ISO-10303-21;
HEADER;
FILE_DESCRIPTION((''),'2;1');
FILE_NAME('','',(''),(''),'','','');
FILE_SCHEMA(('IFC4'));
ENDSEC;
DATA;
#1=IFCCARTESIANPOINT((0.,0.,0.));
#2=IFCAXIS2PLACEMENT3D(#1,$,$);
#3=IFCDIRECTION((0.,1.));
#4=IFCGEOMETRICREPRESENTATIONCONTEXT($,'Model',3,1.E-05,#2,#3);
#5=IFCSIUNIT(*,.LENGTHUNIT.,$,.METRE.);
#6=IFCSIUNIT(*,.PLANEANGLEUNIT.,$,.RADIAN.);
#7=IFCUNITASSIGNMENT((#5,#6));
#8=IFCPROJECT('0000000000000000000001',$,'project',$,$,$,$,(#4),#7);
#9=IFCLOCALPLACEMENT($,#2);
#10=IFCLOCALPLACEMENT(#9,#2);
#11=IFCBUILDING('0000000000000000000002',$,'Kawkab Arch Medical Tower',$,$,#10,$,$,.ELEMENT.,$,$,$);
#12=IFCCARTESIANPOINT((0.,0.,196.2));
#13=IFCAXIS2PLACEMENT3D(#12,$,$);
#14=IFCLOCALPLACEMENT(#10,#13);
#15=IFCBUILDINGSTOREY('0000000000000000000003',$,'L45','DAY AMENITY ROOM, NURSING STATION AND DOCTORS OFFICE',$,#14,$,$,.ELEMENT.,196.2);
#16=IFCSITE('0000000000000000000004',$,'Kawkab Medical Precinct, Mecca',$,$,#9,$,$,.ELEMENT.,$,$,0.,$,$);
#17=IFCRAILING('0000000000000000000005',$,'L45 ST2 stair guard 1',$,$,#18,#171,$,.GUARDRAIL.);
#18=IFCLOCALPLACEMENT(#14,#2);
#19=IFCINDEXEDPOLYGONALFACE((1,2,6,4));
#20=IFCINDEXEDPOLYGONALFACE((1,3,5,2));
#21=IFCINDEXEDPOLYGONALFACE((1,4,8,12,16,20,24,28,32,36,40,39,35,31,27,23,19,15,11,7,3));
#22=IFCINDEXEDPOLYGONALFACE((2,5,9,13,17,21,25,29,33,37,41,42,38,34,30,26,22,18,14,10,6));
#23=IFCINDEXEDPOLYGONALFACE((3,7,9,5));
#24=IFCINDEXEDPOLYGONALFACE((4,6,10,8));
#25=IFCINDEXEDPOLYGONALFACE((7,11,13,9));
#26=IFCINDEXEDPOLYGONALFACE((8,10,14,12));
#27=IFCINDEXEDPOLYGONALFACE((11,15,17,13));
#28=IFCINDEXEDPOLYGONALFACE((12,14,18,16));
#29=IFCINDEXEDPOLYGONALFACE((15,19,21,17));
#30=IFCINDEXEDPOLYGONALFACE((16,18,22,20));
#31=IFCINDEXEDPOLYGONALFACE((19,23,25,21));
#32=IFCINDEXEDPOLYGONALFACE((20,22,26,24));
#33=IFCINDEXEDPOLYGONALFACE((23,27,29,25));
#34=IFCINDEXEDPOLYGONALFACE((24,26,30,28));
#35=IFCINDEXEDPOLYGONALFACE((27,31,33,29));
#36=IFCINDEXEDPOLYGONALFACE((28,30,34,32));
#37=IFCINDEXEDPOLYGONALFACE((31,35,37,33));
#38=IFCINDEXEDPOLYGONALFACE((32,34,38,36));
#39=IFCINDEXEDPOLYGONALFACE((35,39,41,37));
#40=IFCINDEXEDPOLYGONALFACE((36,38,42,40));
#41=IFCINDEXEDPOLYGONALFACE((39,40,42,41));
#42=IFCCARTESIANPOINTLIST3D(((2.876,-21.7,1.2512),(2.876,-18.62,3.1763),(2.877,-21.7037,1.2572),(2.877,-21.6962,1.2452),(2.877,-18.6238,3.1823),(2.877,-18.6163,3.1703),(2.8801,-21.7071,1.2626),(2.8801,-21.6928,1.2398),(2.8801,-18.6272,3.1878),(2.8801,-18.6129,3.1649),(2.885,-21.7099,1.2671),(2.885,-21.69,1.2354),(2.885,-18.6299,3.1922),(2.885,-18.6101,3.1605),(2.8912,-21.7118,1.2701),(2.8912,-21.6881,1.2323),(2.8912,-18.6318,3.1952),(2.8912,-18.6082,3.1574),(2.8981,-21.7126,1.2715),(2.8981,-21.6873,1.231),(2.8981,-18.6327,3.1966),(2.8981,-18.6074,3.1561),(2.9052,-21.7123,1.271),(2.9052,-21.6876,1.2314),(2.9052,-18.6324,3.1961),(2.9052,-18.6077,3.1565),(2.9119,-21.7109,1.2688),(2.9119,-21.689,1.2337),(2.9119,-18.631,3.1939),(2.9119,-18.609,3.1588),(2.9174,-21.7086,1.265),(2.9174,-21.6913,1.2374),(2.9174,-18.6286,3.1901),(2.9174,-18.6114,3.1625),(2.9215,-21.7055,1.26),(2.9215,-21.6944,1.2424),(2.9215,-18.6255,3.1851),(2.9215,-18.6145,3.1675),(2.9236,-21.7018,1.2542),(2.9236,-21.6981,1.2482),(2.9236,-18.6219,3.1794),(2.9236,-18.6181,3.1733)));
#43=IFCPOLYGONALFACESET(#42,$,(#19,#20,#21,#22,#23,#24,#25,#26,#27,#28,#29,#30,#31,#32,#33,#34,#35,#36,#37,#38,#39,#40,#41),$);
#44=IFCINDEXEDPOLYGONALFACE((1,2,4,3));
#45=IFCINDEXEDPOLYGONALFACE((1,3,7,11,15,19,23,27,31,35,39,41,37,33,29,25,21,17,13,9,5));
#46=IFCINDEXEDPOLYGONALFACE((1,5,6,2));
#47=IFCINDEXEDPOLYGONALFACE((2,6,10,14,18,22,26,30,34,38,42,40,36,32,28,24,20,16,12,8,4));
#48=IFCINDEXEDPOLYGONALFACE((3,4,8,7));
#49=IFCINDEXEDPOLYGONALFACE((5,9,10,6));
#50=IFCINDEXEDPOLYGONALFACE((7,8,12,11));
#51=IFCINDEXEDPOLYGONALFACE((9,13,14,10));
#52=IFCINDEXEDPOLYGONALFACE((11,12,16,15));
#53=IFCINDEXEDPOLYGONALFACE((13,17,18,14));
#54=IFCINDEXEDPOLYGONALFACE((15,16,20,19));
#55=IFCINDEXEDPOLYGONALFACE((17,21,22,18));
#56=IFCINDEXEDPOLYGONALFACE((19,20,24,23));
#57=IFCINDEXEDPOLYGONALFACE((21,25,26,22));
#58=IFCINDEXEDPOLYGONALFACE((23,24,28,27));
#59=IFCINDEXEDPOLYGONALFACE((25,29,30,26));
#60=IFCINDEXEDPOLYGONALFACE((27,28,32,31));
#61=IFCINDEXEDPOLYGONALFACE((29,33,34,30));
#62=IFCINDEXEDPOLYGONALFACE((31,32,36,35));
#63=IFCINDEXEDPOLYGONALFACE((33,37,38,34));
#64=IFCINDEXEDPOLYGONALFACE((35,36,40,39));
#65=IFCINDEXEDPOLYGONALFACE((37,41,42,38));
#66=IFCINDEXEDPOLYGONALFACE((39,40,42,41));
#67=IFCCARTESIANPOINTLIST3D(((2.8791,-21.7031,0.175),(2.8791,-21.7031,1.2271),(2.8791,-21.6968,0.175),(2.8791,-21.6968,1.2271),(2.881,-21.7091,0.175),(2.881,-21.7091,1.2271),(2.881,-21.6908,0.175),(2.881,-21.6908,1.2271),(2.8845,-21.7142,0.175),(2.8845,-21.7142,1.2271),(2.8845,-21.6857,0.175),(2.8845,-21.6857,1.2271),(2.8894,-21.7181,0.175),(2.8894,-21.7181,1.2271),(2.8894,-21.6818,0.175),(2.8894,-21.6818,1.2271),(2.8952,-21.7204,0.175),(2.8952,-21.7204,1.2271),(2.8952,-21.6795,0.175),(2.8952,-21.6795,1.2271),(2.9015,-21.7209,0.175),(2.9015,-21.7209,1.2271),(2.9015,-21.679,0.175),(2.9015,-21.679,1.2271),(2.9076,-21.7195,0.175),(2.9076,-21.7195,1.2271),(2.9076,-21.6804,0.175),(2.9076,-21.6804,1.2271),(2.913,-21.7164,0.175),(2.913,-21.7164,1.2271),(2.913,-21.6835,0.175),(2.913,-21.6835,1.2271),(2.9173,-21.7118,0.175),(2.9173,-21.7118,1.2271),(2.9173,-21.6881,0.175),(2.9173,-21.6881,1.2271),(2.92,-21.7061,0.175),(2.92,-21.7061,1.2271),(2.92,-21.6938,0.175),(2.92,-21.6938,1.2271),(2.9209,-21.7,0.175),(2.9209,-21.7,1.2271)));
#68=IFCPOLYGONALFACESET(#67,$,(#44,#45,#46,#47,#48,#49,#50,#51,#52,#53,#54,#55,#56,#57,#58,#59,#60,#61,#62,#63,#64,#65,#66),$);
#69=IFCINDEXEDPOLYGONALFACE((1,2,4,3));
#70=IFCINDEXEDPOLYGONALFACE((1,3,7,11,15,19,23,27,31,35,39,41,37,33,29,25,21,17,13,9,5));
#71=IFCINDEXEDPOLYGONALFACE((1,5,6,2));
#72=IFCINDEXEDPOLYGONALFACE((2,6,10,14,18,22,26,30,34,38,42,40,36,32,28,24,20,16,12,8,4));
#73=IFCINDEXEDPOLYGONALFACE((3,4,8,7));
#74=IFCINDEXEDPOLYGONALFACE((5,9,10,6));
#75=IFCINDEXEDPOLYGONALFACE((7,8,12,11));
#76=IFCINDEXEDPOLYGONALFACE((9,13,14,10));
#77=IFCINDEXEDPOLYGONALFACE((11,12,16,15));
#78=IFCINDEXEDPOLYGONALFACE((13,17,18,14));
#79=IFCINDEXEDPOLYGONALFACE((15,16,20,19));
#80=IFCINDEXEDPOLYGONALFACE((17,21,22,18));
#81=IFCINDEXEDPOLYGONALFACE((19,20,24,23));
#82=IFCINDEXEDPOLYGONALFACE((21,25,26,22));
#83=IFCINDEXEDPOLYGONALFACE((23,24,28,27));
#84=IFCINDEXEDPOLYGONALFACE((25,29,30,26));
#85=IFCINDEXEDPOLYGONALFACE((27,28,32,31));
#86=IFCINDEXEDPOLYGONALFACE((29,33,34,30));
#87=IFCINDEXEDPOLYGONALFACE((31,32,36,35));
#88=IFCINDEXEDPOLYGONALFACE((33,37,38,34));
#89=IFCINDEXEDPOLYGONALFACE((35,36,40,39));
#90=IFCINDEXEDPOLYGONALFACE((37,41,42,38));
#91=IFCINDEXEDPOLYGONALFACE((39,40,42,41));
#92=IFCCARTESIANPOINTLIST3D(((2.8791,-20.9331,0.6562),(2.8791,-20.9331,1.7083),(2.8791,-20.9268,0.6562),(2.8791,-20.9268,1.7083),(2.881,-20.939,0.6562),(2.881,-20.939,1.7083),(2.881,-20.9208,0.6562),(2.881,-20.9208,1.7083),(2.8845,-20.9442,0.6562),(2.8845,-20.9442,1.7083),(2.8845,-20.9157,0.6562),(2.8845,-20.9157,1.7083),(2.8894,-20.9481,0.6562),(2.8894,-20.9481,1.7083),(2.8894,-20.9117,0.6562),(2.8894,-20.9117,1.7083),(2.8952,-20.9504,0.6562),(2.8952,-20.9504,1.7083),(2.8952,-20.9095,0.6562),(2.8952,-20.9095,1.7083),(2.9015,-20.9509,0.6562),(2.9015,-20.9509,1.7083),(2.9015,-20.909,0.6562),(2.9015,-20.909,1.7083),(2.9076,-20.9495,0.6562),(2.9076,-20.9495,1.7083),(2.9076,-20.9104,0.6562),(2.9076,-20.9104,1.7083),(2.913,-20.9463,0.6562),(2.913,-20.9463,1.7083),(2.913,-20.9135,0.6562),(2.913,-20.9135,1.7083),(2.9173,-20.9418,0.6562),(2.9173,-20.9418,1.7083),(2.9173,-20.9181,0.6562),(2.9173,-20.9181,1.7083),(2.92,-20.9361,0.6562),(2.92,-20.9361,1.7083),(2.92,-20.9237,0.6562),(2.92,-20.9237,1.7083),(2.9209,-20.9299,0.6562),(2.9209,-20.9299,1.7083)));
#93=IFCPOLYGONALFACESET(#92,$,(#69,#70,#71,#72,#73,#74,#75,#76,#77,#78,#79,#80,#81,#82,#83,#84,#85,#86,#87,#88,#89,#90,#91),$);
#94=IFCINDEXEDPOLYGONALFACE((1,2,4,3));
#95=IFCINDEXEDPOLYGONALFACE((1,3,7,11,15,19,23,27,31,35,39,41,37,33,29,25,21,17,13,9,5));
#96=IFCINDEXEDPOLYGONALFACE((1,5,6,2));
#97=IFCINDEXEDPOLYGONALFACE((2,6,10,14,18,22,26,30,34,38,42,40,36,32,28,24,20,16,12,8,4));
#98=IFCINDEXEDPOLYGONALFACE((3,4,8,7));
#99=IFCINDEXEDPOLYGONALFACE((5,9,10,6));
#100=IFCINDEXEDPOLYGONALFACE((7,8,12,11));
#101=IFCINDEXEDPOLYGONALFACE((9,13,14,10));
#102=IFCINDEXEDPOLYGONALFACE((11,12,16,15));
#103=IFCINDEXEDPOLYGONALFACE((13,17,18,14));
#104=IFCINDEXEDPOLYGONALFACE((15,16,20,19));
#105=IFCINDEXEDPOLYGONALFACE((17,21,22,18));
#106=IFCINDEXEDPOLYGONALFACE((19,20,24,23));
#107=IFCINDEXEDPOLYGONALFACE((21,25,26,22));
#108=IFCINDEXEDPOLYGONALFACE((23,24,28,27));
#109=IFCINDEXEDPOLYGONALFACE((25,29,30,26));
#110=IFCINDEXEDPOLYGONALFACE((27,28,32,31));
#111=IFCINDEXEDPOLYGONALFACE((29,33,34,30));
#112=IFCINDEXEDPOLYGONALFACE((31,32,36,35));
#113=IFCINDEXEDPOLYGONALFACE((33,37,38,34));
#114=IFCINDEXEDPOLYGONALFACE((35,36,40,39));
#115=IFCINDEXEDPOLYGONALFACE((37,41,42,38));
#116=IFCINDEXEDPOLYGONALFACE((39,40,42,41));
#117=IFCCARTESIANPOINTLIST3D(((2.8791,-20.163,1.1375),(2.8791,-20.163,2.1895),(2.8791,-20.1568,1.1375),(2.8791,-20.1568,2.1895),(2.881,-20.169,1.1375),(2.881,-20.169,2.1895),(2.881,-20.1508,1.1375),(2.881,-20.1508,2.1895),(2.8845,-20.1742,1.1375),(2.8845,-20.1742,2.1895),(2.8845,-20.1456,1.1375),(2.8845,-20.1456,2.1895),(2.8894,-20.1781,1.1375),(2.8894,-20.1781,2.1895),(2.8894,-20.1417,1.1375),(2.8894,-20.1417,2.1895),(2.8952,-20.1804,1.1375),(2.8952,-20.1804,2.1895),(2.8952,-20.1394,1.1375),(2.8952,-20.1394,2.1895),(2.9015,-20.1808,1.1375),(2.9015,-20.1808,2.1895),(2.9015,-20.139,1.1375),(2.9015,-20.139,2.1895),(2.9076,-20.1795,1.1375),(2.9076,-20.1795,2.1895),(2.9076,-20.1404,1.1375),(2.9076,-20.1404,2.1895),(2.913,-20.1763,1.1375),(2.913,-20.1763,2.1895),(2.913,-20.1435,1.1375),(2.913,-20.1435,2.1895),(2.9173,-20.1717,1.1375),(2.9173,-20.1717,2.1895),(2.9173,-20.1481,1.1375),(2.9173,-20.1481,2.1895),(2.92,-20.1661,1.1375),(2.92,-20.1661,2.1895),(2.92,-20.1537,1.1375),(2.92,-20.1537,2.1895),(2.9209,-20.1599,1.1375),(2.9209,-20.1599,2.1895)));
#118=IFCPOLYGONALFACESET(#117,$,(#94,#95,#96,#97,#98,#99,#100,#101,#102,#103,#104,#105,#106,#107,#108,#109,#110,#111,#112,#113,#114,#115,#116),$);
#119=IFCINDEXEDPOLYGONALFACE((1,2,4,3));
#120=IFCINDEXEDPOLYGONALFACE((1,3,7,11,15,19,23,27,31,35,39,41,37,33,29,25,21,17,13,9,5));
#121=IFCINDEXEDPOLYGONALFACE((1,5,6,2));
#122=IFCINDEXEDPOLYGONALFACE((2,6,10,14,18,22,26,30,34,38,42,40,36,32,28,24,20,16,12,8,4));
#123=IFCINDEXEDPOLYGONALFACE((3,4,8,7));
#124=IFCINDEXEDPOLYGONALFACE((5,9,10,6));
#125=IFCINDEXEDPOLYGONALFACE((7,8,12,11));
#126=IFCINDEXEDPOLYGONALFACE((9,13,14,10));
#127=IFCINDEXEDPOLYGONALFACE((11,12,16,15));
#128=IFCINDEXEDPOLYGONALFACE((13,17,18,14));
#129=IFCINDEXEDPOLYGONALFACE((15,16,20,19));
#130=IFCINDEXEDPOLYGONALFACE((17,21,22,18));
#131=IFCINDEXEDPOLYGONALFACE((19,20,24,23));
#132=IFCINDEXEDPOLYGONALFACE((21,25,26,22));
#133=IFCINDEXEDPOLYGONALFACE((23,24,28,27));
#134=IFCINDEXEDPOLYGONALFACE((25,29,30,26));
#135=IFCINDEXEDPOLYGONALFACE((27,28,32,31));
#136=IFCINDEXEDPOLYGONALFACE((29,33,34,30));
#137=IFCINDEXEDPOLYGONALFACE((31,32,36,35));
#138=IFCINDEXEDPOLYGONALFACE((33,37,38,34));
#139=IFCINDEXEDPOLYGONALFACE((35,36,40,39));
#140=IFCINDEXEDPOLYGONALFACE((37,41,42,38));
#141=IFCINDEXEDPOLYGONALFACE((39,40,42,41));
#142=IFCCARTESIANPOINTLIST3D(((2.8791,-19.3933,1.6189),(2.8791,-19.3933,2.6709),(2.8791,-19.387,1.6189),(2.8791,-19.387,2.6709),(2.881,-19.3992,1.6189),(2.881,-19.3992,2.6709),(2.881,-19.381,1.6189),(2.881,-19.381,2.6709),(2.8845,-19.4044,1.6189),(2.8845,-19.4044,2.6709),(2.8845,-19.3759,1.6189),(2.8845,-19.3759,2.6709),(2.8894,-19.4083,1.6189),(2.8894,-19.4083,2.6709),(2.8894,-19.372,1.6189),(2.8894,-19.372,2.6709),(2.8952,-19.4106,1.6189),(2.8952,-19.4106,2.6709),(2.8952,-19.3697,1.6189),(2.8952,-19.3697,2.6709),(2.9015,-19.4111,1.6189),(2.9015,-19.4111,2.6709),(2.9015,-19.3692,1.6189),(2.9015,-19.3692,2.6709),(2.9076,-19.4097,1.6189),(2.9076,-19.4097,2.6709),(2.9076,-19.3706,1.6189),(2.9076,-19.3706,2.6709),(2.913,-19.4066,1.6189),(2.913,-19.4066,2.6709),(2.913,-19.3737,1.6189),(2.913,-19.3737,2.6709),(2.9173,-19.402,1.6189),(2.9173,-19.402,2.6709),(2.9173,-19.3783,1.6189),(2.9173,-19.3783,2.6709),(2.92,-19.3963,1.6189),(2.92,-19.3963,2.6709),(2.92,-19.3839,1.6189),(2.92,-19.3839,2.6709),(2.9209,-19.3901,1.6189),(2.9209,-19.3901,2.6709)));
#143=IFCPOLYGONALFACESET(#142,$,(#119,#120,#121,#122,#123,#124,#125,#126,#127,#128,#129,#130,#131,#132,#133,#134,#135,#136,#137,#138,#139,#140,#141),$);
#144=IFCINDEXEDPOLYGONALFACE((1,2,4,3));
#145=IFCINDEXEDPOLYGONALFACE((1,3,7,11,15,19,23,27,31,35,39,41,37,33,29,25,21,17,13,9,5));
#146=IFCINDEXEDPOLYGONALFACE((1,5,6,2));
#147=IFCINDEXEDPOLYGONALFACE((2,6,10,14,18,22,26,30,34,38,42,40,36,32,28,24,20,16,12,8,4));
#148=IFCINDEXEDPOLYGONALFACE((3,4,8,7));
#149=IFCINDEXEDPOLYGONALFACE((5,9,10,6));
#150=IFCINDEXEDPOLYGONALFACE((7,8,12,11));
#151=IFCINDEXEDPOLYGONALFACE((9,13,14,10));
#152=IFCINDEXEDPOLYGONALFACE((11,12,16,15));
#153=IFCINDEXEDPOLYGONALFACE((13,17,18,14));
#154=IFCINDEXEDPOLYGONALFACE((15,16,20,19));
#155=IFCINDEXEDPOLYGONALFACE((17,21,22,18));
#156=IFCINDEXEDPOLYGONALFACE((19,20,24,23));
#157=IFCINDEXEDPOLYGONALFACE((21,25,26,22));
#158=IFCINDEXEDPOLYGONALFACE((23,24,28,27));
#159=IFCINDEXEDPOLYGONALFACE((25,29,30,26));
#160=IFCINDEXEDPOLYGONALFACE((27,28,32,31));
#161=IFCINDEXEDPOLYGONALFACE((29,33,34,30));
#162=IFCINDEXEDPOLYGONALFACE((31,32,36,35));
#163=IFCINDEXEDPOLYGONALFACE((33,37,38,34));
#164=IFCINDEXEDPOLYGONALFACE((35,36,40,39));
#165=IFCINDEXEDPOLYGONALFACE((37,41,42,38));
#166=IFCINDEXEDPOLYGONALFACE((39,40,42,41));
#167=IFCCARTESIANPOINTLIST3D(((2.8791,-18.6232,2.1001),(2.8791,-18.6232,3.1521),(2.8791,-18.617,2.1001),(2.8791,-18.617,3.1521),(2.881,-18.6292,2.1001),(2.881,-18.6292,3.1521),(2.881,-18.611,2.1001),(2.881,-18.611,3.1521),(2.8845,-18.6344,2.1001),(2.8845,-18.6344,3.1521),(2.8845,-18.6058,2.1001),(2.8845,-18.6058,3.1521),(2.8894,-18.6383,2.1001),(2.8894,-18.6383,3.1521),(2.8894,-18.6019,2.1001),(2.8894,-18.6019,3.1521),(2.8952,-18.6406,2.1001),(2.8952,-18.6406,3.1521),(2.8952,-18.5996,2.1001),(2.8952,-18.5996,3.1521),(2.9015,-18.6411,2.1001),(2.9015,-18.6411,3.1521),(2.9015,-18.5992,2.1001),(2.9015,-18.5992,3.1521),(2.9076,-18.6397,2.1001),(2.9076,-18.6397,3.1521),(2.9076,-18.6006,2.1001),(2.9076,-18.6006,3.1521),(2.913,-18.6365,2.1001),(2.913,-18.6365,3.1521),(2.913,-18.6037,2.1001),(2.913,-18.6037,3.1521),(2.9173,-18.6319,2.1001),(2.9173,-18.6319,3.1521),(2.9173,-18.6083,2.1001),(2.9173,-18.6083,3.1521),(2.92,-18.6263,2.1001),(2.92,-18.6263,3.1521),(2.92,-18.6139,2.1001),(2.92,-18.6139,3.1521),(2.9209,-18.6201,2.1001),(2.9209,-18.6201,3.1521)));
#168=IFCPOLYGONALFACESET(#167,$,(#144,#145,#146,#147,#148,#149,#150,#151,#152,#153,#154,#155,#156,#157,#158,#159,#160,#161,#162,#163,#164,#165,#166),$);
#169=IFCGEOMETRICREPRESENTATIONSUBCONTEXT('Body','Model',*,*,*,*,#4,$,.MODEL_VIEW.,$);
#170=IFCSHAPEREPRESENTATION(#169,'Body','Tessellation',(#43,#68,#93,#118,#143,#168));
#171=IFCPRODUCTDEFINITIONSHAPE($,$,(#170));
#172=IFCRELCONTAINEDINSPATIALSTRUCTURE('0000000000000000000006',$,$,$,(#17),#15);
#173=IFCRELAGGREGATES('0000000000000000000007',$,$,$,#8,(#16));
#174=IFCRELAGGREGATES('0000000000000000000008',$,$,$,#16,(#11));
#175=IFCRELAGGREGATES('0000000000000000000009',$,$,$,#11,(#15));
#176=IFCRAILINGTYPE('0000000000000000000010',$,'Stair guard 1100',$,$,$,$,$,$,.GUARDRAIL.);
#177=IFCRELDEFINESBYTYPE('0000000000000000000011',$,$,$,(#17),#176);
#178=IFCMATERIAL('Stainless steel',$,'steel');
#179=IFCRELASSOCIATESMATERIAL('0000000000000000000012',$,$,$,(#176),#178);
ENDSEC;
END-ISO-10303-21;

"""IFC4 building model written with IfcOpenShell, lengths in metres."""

from ifc_helpers import new_model, si_unit, direction, frame, origin, origin_2d, place, context, subcontext, project, spatial, circle, extrude, material, type_object, element, save


model = new_model("IFC4")

# Units and contexts
model_context = context("Model", 3, precision=1e-05, world=origin(), true_north=direction((0.0, 1.0)))
body_context = subcontext(model_context, "Body", "Model", "MODEL_VIEW")
ifc_project = project(units=[si_unit("LENGTHUNIT", "METRE"), si_unit("PLANEANGLEUNIT", "RADIAN")], contexts=[model_context])

# Site, building, storey
site_placement = place(None, origin())
site = spatial("IfcSite", under=ifc_project, at=site_placement, Name="Kawkab Medical Precinct, Mecca", CompositionType="ELEMENT", RefElevation=0.0)
building_placement = place(site_placement, origin())
building = spatial("IfcBuilding", under=site, at=building_placement, Name="Kawkab Arch Medical Tower", CompositionType="ELEMENT")
storey_placement = place(building_placement, frame((0.0, 0.0, 196.2)))
storey = spatial("IfcBuildingStorey", under=building, at=storey_placement, Name="L45", Description="DAY AMENITY ROOM, NURSING STATION AND DOCTORS OFFICE", CompositionType="ELEMENT", Elevation=196.2)

# Railing
ifc_material_1 = material(Name="Stainless steel", Category="steel")
railing_type = type_object("IfcRailingType", Name="Stair guard 1100", PredefinedType="GUARDRAIL", material=ifc_material_1)
railing_1_placement = place(storey_placement, frame((2.8999, -21.7, 0.175)))
element("IfcRailing", 1, at=railing_1_placement, inside=storey, type_object=railing_type, Name="L45 ST2 stair guard 1", PredefinedType="GUARDRAIL", context=body_context, shape_type="SweptSolid", body=[
    extrude(circle(Radius=0.0239, at=origin_2d()), frame((0.0, 0.0, 1.0762), z_axis=(0.0, 0.847979, 0.530029), x_axis=(-1.0, 0.0, 0.0)), (0.0, 0.0, 1.0), 3.6321),
    extrude(circle(Radius=0.021, at=origin_2d()), origin(), (0.0, 0.0, 1.0), 1.052),
    extrude(circle(Radius=0.021, at=origin_2d()), frame((0.0, 0.77, 0.4812)), (0.0, 0.0, 1.0), 1.052),
    extrude(circle(Radius=0.021, at=origin_2d()), frame((0.0, 1.54, 0.9624)), (0.0, 0.0, 1.0), 1.052),
    extrude(circle(Radius=0.021, at=origin_2d()), frame((0.0, 2.3098, 1.4438)), (0.0, 0.0, 1.0), 1.052),
    extrude(circle(Radius=0.021, at=origin_2d()), frame((0.0, 3.0798, 1.925)), (0.0, 0.0, 1.0), 1.052),
])

save(model, "model.ifc")
